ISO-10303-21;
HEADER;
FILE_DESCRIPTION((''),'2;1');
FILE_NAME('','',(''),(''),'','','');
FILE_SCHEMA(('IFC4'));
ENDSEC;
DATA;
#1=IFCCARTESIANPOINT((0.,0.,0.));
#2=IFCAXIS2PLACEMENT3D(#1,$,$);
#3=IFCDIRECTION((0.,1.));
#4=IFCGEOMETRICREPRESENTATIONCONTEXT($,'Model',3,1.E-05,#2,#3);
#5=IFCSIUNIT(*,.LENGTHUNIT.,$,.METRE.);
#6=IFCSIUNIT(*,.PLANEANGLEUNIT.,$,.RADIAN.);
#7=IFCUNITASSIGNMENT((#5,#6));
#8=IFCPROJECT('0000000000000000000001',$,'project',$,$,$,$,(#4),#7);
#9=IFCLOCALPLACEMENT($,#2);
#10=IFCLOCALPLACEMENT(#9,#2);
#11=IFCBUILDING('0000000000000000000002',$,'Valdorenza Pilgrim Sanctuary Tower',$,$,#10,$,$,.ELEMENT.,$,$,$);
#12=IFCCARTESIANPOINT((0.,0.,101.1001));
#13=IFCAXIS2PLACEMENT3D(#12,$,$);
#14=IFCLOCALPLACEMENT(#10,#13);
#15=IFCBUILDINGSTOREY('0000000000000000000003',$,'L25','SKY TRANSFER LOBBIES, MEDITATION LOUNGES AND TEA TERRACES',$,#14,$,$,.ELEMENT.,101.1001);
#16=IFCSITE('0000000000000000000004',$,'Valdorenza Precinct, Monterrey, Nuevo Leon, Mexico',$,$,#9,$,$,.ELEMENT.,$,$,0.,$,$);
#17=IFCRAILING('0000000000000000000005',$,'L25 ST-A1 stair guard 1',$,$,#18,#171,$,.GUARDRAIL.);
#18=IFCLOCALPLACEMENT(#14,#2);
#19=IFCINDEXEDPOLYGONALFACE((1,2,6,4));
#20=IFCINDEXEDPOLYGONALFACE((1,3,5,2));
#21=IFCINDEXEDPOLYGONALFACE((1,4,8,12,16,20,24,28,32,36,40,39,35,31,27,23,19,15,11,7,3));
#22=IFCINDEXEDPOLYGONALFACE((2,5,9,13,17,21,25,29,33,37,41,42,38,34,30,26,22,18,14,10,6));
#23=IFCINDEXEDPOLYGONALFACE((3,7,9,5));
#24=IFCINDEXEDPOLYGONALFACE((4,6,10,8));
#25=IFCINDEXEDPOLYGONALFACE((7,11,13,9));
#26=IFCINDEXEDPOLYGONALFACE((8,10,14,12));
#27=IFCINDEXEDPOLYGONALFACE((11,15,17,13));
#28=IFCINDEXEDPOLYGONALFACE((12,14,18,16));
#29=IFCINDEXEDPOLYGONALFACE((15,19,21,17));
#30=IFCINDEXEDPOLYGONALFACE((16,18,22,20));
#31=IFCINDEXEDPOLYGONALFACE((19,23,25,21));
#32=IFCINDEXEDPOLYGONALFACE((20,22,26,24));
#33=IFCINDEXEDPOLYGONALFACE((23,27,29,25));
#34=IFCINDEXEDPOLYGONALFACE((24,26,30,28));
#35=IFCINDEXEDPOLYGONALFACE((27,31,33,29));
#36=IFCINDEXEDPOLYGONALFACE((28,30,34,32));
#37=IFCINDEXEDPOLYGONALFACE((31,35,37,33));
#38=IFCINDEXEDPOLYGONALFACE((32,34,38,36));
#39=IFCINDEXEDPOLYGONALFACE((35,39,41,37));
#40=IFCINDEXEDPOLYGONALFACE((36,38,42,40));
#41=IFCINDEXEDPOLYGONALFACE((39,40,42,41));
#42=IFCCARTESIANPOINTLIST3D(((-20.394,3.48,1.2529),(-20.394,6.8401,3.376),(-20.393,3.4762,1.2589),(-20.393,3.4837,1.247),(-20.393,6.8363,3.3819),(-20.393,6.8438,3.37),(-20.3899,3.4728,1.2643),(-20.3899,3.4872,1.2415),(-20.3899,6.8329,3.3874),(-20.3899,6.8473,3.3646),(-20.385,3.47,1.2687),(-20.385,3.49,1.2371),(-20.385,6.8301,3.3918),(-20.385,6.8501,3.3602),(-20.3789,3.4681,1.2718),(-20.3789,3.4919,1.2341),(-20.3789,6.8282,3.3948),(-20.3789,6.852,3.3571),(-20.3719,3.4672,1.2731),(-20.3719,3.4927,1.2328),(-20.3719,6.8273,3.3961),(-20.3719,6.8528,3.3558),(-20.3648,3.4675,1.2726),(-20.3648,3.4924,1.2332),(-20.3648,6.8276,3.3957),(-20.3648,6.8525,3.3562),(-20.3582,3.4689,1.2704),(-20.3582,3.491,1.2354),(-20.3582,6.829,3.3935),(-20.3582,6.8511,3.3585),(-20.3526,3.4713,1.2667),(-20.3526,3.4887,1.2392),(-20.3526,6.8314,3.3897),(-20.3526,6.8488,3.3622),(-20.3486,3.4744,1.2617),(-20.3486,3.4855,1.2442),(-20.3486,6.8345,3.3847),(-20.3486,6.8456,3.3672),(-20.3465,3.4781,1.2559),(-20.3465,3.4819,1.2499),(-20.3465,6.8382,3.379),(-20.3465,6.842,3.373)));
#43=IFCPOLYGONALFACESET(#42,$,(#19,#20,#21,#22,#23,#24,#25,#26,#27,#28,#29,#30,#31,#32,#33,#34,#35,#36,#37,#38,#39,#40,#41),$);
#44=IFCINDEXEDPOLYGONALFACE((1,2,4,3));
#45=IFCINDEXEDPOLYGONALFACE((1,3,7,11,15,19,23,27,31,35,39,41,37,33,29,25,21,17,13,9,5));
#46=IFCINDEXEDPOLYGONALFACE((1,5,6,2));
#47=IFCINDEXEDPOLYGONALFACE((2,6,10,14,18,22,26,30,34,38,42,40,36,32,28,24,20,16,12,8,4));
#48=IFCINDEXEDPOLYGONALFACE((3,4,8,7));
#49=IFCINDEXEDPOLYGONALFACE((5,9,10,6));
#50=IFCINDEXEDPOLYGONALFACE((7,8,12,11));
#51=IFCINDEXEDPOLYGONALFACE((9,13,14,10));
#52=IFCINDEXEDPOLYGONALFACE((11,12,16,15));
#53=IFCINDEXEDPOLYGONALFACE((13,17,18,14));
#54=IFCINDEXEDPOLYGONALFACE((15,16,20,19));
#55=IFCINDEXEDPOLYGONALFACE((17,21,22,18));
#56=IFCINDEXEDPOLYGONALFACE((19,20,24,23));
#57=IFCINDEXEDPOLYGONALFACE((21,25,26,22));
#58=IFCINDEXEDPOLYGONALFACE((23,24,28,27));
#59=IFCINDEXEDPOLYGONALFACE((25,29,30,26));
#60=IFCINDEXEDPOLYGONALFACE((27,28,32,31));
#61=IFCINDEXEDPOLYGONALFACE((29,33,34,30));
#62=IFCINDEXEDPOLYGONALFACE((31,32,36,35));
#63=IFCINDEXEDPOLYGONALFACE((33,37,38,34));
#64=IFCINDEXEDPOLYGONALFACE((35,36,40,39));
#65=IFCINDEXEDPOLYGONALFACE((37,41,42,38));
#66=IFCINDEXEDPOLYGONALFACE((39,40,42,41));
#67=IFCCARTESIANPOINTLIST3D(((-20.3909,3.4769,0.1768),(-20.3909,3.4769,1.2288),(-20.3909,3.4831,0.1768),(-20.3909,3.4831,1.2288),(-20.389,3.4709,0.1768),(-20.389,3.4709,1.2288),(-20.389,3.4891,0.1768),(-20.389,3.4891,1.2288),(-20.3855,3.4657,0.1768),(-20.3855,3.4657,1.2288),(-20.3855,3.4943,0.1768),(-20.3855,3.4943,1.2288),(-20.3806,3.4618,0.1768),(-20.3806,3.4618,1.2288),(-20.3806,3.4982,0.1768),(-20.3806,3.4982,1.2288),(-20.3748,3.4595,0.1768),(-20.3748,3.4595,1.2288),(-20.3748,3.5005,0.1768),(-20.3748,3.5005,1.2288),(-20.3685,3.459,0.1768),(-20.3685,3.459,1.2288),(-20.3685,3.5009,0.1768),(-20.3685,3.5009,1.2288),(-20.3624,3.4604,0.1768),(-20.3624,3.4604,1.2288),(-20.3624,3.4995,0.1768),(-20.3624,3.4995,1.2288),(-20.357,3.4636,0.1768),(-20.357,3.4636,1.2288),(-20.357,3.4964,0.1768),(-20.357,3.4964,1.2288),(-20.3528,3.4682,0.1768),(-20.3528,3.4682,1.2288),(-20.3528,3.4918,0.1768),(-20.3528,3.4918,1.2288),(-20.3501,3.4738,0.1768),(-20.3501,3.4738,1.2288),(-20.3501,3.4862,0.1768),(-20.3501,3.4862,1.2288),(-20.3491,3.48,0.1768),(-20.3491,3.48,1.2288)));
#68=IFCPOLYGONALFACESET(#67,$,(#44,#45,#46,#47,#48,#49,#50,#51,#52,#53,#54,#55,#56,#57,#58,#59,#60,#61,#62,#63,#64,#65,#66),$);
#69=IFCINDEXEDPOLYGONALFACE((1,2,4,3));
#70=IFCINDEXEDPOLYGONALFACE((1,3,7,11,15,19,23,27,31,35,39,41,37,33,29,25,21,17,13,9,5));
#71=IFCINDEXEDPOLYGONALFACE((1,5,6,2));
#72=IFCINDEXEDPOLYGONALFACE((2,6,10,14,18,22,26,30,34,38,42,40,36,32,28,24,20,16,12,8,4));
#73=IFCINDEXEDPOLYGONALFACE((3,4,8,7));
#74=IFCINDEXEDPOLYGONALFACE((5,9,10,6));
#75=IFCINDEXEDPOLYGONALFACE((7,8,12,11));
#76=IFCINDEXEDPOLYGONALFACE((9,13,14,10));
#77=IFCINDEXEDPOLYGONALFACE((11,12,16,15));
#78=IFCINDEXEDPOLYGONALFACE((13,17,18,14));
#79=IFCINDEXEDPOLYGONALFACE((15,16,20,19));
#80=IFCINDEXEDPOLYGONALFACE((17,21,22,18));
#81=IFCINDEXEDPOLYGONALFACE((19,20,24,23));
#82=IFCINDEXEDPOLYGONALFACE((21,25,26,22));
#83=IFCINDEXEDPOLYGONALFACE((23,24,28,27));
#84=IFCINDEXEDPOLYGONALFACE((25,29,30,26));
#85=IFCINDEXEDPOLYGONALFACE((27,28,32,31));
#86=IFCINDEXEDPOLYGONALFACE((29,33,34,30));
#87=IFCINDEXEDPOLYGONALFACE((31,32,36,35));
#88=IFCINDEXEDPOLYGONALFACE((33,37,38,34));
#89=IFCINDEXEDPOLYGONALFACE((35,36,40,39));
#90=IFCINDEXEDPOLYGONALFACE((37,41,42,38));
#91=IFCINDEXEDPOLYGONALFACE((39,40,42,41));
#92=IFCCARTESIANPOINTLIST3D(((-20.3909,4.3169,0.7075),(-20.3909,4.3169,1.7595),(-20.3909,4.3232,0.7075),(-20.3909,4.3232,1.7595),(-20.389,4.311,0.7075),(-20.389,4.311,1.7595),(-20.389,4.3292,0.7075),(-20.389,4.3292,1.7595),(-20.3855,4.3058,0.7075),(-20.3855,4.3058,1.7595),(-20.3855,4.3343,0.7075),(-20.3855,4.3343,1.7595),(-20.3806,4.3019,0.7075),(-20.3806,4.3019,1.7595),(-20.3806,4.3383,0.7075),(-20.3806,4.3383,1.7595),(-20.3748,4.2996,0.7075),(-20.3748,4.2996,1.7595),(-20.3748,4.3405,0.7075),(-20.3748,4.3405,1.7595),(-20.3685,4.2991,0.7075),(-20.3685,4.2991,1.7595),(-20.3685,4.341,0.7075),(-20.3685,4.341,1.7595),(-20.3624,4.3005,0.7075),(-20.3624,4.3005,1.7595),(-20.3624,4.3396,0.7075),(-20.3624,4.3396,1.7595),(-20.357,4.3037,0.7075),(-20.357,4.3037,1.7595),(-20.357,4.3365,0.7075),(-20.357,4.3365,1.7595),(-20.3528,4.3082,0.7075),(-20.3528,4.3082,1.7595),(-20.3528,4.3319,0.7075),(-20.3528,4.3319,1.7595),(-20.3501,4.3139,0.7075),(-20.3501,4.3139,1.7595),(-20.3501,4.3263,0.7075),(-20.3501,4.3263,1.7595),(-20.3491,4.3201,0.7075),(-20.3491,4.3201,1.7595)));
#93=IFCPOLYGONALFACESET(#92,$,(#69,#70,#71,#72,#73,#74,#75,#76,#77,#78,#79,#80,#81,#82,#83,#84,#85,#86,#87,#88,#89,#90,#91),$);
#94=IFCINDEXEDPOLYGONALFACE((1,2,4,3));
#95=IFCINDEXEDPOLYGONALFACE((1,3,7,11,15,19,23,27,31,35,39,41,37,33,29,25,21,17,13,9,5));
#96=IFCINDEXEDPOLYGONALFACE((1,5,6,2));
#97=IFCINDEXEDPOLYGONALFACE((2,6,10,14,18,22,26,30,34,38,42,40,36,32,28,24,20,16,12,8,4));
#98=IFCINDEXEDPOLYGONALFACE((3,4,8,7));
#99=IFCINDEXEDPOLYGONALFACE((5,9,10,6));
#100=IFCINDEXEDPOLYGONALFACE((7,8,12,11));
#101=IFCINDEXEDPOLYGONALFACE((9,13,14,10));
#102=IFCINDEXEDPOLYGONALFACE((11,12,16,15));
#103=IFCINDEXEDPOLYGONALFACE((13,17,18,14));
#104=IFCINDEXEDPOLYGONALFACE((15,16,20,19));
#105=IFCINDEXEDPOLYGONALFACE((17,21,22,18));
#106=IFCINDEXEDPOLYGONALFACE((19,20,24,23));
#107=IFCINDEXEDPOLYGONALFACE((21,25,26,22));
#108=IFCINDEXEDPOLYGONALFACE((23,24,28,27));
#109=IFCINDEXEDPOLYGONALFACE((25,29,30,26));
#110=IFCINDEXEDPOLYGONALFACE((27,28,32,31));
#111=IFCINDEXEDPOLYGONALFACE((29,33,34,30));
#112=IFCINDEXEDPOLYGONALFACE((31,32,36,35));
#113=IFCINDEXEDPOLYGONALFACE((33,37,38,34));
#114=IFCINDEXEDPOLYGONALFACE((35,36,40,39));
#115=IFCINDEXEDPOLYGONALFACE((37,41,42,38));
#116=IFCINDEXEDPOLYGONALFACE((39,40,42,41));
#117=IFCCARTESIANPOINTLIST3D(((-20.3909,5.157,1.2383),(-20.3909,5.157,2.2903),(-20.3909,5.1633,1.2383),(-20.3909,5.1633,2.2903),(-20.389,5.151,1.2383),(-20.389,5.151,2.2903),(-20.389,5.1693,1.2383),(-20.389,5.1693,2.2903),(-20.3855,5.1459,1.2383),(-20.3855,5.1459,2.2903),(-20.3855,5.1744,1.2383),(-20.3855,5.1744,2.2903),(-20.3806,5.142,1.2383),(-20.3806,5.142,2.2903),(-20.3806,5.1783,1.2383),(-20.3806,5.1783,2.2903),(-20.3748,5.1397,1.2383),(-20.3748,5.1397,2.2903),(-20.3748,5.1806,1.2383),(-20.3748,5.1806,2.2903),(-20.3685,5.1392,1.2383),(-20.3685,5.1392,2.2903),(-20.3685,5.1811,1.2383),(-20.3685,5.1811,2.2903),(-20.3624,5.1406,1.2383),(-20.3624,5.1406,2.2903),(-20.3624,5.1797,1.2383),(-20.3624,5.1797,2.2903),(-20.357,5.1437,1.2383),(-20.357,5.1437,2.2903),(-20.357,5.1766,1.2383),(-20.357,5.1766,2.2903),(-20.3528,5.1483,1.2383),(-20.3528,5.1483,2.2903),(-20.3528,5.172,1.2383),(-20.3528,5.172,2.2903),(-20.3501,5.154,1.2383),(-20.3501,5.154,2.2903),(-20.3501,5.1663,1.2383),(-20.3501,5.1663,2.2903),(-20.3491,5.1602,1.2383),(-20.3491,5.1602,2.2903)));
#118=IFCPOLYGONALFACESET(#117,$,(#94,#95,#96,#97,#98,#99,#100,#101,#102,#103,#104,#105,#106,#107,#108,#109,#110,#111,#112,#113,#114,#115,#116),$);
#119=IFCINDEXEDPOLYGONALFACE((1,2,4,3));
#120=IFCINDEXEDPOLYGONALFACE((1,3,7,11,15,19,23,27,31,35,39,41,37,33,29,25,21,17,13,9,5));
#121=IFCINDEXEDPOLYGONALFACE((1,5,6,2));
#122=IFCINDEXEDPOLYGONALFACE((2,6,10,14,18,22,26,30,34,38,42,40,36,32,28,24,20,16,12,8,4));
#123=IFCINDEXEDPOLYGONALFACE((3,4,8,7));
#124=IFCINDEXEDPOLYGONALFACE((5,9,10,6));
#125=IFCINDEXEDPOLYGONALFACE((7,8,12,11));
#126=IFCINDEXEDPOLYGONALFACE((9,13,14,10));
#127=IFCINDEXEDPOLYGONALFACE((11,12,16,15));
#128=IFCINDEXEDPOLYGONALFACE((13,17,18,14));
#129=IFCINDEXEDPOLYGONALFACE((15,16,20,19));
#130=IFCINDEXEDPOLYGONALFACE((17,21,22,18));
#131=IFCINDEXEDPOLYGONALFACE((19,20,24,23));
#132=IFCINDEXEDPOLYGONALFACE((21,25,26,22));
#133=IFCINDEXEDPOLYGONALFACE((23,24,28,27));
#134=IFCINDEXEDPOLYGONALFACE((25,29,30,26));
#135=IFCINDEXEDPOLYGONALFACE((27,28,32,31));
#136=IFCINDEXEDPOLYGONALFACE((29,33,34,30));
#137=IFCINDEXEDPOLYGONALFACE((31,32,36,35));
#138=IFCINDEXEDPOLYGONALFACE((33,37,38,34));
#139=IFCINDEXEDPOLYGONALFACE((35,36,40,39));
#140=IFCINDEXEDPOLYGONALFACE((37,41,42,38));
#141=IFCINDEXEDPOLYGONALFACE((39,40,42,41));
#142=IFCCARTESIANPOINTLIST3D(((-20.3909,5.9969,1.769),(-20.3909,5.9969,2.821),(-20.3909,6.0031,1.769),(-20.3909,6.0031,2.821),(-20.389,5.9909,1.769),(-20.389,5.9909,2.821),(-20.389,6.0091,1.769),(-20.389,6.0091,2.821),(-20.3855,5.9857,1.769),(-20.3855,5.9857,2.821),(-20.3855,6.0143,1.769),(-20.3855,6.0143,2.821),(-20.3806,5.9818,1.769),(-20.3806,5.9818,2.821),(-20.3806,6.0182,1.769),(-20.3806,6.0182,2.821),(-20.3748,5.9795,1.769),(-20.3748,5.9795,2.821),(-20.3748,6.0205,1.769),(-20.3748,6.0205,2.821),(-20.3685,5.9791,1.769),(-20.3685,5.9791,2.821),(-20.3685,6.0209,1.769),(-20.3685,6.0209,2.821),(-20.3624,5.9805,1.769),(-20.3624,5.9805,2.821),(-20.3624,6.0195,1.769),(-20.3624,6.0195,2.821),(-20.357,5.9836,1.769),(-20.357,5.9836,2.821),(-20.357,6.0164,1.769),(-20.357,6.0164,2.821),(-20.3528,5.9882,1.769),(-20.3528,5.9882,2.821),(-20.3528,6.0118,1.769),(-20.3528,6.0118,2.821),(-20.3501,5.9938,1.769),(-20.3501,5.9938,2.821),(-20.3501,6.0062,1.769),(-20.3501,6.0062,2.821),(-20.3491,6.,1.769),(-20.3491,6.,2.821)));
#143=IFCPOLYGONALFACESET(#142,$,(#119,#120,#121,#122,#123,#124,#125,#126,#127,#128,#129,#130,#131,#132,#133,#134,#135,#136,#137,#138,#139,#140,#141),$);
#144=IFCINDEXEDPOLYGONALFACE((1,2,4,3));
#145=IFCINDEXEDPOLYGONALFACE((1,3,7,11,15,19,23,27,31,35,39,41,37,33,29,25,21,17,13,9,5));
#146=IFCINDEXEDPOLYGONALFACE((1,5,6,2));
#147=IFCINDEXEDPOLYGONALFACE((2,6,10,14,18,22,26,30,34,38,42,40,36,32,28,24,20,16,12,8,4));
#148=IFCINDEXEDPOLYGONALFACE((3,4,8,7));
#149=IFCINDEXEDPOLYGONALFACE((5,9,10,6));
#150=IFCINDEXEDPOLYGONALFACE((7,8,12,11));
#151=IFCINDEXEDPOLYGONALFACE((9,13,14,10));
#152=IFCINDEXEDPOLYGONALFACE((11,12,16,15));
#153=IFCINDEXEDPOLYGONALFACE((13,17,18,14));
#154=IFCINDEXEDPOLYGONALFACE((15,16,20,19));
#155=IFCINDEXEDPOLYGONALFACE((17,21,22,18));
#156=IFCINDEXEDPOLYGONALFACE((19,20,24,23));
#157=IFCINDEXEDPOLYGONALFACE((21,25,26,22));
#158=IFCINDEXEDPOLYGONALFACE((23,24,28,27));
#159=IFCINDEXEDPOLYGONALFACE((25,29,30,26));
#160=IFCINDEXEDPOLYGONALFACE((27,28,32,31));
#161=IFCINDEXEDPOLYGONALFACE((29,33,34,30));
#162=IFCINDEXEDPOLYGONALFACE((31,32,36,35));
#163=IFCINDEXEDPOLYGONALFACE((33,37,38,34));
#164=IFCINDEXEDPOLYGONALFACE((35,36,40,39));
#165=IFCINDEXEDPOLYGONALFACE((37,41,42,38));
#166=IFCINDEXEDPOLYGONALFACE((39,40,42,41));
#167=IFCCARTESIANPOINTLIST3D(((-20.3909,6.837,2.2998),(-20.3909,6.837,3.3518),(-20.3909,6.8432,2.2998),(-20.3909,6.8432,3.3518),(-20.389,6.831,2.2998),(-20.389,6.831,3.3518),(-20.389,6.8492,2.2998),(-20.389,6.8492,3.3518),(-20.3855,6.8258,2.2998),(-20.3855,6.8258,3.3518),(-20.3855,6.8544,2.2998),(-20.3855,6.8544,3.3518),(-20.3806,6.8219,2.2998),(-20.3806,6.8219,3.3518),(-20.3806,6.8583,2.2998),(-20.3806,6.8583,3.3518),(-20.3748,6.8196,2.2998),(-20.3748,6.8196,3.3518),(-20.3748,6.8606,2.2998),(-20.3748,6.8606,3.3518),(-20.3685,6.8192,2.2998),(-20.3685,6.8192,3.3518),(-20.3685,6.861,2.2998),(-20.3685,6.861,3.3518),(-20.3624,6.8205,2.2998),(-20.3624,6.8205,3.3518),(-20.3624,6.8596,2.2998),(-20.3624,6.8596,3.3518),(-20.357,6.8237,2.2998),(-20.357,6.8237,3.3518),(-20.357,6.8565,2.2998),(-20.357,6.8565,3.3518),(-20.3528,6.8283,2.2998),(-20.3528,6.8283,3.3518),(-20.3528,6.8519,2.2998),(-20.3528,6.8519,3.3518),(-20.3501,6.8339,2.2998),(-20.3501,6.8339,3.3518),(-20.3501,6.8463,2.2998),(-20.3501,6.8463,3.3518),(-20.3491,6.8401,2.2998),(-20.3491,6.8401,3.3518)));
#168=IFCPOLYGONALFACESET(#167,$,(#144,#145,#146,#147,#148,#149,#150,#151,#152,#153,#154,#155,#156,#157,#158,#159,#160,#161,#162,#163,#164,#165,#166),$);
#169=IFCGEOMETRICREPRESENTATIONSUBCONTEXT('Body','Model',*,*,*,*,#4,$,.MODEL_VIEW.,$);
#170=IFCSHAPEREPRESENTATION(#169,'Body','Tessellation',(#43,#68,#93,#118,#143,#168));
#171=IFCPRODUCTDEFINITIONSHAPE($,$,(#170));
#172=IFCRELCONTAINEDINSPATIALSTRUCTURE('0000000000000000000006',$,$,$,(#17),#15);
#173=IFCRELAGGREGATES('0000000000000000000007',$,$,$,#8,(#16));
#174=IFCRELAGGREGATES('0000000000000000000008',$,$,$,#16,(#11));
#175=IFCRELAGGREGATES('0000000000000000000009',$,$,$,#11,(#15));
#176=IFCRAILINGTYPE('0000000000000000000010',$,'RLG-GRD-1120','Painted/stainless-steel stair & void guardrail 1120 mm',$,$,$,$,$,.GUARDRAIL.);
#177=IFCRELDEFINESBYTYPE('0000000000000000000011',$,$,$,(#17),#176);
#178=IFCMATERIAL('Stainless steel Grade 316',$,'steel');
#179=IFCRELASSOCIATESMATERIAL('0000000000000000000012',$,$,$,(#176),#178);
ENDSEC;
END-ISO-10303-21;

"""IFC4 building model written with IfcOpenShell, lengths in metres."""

from ifc_helpers import new_model, si_unit, direction, frame, origin, origin_2d, place, context, subcontext, project, spatial, circle, extrude, material, type_object, element, save


model = new_model("IFC4")

# Units and contexts
model_context = context("Model", 3, precision=1e-05, world=origin(), true_north=direction((0.0, 1.0)))
body_context = subcontext(model_context, "Body", "Model", "MODEL_VIEW")
ifc_project = project(units=[si_unit("LENGTHUNIT", "METRE"), si_unit("PLANEANGLEUNIT", "RADIAN")], contexts=[model_context])

# Site, building, storey
site_placement = place(None, origin())
site = spatial("IfcSite", under=ifc_project, at=site_placement, Name="Valdorenza Precinct, Monterrey, Nuevo Leon, Mexico", CompositionType="ELEMENT", RefElevation=0.0)
building_placement = place(site_placement, origin())
building = spatial("IfcBuilding", under=site, at=building_placement, Name="Valdorenza Pilgrim Sanctuary Tower", CompositionType="ELEMENT")
storey_placement = place(building_placement, frame((0.0, 0.0, 101.1001)))
storey = spatial("IfcBuildingStorey", under=building, at=storey_placement, Name="L25", Description="SKY TRANSFER LOBBIES, MEDITATION LOUNGES AND TEA TERRACES", CompositionType="ELEMENT", Elevation=101.1001)

# Railing
ifc_material_1 = material(Name="Stainless steel Grade 316", Category="steel")
railing_type_1 = type_object("IfcRailingType", Name="RLG-GRD-1120", Description="Painted/stainless-steel stair & void guardrail 1120 mm", PredefinedType="GUARDRAIL", material=ifc_material_1)
railing_1_placement = place(storey_placement, frame((-20.3701, 3.48, 0.1768)))
element("IfcRailing", 1, at=railing_1_placement, inside=storey, type_object=railing_type_1, Name="L25 ST-A1 stair guard 1", PredefinedType="GUARDRAIL", context=body_context, shape_type="SweptSolid", body=[
    extrude(circle(Radius=0.0239, at=origin_2d()), frame((0.0, 0.0, 1.0762), z_axis=(0.0, 0.84539, 0.53415), x_axis=(-1.0, 0.0, 0.0)), (0.0, 0.0, 1.0), 3.9746),
    extrude(circle(Radius=0.021, at=origin_2d()), origin(), (0.0, 0.0, 1.0), 1.052),
    extrude(circle(Radius=0.021, at=origin_2d()), frame((0.0, 0.8401, 0.5308)), (0.0, 0.0, 1.0), 1.052),
    extrude(circle(Radius=0.021, at=origin_2d()), frame((0.0, 1.6802, 1.0615)), (0.0, 0.0, 1.0), 1.052),
    extrude(circle(Radius=0.021, at=origin_2d()), frame((0.0, 2.52, 1.5923)), (0.0, 0.0, 1.0), 1.052),
    extrude(circle(Radius=0.021, at=origin_2d()), frame((0.0, 3.3601, 2.123)), (0.0, 0.0, 1.0), 1.052),
])

save(model, "model.ifc")
